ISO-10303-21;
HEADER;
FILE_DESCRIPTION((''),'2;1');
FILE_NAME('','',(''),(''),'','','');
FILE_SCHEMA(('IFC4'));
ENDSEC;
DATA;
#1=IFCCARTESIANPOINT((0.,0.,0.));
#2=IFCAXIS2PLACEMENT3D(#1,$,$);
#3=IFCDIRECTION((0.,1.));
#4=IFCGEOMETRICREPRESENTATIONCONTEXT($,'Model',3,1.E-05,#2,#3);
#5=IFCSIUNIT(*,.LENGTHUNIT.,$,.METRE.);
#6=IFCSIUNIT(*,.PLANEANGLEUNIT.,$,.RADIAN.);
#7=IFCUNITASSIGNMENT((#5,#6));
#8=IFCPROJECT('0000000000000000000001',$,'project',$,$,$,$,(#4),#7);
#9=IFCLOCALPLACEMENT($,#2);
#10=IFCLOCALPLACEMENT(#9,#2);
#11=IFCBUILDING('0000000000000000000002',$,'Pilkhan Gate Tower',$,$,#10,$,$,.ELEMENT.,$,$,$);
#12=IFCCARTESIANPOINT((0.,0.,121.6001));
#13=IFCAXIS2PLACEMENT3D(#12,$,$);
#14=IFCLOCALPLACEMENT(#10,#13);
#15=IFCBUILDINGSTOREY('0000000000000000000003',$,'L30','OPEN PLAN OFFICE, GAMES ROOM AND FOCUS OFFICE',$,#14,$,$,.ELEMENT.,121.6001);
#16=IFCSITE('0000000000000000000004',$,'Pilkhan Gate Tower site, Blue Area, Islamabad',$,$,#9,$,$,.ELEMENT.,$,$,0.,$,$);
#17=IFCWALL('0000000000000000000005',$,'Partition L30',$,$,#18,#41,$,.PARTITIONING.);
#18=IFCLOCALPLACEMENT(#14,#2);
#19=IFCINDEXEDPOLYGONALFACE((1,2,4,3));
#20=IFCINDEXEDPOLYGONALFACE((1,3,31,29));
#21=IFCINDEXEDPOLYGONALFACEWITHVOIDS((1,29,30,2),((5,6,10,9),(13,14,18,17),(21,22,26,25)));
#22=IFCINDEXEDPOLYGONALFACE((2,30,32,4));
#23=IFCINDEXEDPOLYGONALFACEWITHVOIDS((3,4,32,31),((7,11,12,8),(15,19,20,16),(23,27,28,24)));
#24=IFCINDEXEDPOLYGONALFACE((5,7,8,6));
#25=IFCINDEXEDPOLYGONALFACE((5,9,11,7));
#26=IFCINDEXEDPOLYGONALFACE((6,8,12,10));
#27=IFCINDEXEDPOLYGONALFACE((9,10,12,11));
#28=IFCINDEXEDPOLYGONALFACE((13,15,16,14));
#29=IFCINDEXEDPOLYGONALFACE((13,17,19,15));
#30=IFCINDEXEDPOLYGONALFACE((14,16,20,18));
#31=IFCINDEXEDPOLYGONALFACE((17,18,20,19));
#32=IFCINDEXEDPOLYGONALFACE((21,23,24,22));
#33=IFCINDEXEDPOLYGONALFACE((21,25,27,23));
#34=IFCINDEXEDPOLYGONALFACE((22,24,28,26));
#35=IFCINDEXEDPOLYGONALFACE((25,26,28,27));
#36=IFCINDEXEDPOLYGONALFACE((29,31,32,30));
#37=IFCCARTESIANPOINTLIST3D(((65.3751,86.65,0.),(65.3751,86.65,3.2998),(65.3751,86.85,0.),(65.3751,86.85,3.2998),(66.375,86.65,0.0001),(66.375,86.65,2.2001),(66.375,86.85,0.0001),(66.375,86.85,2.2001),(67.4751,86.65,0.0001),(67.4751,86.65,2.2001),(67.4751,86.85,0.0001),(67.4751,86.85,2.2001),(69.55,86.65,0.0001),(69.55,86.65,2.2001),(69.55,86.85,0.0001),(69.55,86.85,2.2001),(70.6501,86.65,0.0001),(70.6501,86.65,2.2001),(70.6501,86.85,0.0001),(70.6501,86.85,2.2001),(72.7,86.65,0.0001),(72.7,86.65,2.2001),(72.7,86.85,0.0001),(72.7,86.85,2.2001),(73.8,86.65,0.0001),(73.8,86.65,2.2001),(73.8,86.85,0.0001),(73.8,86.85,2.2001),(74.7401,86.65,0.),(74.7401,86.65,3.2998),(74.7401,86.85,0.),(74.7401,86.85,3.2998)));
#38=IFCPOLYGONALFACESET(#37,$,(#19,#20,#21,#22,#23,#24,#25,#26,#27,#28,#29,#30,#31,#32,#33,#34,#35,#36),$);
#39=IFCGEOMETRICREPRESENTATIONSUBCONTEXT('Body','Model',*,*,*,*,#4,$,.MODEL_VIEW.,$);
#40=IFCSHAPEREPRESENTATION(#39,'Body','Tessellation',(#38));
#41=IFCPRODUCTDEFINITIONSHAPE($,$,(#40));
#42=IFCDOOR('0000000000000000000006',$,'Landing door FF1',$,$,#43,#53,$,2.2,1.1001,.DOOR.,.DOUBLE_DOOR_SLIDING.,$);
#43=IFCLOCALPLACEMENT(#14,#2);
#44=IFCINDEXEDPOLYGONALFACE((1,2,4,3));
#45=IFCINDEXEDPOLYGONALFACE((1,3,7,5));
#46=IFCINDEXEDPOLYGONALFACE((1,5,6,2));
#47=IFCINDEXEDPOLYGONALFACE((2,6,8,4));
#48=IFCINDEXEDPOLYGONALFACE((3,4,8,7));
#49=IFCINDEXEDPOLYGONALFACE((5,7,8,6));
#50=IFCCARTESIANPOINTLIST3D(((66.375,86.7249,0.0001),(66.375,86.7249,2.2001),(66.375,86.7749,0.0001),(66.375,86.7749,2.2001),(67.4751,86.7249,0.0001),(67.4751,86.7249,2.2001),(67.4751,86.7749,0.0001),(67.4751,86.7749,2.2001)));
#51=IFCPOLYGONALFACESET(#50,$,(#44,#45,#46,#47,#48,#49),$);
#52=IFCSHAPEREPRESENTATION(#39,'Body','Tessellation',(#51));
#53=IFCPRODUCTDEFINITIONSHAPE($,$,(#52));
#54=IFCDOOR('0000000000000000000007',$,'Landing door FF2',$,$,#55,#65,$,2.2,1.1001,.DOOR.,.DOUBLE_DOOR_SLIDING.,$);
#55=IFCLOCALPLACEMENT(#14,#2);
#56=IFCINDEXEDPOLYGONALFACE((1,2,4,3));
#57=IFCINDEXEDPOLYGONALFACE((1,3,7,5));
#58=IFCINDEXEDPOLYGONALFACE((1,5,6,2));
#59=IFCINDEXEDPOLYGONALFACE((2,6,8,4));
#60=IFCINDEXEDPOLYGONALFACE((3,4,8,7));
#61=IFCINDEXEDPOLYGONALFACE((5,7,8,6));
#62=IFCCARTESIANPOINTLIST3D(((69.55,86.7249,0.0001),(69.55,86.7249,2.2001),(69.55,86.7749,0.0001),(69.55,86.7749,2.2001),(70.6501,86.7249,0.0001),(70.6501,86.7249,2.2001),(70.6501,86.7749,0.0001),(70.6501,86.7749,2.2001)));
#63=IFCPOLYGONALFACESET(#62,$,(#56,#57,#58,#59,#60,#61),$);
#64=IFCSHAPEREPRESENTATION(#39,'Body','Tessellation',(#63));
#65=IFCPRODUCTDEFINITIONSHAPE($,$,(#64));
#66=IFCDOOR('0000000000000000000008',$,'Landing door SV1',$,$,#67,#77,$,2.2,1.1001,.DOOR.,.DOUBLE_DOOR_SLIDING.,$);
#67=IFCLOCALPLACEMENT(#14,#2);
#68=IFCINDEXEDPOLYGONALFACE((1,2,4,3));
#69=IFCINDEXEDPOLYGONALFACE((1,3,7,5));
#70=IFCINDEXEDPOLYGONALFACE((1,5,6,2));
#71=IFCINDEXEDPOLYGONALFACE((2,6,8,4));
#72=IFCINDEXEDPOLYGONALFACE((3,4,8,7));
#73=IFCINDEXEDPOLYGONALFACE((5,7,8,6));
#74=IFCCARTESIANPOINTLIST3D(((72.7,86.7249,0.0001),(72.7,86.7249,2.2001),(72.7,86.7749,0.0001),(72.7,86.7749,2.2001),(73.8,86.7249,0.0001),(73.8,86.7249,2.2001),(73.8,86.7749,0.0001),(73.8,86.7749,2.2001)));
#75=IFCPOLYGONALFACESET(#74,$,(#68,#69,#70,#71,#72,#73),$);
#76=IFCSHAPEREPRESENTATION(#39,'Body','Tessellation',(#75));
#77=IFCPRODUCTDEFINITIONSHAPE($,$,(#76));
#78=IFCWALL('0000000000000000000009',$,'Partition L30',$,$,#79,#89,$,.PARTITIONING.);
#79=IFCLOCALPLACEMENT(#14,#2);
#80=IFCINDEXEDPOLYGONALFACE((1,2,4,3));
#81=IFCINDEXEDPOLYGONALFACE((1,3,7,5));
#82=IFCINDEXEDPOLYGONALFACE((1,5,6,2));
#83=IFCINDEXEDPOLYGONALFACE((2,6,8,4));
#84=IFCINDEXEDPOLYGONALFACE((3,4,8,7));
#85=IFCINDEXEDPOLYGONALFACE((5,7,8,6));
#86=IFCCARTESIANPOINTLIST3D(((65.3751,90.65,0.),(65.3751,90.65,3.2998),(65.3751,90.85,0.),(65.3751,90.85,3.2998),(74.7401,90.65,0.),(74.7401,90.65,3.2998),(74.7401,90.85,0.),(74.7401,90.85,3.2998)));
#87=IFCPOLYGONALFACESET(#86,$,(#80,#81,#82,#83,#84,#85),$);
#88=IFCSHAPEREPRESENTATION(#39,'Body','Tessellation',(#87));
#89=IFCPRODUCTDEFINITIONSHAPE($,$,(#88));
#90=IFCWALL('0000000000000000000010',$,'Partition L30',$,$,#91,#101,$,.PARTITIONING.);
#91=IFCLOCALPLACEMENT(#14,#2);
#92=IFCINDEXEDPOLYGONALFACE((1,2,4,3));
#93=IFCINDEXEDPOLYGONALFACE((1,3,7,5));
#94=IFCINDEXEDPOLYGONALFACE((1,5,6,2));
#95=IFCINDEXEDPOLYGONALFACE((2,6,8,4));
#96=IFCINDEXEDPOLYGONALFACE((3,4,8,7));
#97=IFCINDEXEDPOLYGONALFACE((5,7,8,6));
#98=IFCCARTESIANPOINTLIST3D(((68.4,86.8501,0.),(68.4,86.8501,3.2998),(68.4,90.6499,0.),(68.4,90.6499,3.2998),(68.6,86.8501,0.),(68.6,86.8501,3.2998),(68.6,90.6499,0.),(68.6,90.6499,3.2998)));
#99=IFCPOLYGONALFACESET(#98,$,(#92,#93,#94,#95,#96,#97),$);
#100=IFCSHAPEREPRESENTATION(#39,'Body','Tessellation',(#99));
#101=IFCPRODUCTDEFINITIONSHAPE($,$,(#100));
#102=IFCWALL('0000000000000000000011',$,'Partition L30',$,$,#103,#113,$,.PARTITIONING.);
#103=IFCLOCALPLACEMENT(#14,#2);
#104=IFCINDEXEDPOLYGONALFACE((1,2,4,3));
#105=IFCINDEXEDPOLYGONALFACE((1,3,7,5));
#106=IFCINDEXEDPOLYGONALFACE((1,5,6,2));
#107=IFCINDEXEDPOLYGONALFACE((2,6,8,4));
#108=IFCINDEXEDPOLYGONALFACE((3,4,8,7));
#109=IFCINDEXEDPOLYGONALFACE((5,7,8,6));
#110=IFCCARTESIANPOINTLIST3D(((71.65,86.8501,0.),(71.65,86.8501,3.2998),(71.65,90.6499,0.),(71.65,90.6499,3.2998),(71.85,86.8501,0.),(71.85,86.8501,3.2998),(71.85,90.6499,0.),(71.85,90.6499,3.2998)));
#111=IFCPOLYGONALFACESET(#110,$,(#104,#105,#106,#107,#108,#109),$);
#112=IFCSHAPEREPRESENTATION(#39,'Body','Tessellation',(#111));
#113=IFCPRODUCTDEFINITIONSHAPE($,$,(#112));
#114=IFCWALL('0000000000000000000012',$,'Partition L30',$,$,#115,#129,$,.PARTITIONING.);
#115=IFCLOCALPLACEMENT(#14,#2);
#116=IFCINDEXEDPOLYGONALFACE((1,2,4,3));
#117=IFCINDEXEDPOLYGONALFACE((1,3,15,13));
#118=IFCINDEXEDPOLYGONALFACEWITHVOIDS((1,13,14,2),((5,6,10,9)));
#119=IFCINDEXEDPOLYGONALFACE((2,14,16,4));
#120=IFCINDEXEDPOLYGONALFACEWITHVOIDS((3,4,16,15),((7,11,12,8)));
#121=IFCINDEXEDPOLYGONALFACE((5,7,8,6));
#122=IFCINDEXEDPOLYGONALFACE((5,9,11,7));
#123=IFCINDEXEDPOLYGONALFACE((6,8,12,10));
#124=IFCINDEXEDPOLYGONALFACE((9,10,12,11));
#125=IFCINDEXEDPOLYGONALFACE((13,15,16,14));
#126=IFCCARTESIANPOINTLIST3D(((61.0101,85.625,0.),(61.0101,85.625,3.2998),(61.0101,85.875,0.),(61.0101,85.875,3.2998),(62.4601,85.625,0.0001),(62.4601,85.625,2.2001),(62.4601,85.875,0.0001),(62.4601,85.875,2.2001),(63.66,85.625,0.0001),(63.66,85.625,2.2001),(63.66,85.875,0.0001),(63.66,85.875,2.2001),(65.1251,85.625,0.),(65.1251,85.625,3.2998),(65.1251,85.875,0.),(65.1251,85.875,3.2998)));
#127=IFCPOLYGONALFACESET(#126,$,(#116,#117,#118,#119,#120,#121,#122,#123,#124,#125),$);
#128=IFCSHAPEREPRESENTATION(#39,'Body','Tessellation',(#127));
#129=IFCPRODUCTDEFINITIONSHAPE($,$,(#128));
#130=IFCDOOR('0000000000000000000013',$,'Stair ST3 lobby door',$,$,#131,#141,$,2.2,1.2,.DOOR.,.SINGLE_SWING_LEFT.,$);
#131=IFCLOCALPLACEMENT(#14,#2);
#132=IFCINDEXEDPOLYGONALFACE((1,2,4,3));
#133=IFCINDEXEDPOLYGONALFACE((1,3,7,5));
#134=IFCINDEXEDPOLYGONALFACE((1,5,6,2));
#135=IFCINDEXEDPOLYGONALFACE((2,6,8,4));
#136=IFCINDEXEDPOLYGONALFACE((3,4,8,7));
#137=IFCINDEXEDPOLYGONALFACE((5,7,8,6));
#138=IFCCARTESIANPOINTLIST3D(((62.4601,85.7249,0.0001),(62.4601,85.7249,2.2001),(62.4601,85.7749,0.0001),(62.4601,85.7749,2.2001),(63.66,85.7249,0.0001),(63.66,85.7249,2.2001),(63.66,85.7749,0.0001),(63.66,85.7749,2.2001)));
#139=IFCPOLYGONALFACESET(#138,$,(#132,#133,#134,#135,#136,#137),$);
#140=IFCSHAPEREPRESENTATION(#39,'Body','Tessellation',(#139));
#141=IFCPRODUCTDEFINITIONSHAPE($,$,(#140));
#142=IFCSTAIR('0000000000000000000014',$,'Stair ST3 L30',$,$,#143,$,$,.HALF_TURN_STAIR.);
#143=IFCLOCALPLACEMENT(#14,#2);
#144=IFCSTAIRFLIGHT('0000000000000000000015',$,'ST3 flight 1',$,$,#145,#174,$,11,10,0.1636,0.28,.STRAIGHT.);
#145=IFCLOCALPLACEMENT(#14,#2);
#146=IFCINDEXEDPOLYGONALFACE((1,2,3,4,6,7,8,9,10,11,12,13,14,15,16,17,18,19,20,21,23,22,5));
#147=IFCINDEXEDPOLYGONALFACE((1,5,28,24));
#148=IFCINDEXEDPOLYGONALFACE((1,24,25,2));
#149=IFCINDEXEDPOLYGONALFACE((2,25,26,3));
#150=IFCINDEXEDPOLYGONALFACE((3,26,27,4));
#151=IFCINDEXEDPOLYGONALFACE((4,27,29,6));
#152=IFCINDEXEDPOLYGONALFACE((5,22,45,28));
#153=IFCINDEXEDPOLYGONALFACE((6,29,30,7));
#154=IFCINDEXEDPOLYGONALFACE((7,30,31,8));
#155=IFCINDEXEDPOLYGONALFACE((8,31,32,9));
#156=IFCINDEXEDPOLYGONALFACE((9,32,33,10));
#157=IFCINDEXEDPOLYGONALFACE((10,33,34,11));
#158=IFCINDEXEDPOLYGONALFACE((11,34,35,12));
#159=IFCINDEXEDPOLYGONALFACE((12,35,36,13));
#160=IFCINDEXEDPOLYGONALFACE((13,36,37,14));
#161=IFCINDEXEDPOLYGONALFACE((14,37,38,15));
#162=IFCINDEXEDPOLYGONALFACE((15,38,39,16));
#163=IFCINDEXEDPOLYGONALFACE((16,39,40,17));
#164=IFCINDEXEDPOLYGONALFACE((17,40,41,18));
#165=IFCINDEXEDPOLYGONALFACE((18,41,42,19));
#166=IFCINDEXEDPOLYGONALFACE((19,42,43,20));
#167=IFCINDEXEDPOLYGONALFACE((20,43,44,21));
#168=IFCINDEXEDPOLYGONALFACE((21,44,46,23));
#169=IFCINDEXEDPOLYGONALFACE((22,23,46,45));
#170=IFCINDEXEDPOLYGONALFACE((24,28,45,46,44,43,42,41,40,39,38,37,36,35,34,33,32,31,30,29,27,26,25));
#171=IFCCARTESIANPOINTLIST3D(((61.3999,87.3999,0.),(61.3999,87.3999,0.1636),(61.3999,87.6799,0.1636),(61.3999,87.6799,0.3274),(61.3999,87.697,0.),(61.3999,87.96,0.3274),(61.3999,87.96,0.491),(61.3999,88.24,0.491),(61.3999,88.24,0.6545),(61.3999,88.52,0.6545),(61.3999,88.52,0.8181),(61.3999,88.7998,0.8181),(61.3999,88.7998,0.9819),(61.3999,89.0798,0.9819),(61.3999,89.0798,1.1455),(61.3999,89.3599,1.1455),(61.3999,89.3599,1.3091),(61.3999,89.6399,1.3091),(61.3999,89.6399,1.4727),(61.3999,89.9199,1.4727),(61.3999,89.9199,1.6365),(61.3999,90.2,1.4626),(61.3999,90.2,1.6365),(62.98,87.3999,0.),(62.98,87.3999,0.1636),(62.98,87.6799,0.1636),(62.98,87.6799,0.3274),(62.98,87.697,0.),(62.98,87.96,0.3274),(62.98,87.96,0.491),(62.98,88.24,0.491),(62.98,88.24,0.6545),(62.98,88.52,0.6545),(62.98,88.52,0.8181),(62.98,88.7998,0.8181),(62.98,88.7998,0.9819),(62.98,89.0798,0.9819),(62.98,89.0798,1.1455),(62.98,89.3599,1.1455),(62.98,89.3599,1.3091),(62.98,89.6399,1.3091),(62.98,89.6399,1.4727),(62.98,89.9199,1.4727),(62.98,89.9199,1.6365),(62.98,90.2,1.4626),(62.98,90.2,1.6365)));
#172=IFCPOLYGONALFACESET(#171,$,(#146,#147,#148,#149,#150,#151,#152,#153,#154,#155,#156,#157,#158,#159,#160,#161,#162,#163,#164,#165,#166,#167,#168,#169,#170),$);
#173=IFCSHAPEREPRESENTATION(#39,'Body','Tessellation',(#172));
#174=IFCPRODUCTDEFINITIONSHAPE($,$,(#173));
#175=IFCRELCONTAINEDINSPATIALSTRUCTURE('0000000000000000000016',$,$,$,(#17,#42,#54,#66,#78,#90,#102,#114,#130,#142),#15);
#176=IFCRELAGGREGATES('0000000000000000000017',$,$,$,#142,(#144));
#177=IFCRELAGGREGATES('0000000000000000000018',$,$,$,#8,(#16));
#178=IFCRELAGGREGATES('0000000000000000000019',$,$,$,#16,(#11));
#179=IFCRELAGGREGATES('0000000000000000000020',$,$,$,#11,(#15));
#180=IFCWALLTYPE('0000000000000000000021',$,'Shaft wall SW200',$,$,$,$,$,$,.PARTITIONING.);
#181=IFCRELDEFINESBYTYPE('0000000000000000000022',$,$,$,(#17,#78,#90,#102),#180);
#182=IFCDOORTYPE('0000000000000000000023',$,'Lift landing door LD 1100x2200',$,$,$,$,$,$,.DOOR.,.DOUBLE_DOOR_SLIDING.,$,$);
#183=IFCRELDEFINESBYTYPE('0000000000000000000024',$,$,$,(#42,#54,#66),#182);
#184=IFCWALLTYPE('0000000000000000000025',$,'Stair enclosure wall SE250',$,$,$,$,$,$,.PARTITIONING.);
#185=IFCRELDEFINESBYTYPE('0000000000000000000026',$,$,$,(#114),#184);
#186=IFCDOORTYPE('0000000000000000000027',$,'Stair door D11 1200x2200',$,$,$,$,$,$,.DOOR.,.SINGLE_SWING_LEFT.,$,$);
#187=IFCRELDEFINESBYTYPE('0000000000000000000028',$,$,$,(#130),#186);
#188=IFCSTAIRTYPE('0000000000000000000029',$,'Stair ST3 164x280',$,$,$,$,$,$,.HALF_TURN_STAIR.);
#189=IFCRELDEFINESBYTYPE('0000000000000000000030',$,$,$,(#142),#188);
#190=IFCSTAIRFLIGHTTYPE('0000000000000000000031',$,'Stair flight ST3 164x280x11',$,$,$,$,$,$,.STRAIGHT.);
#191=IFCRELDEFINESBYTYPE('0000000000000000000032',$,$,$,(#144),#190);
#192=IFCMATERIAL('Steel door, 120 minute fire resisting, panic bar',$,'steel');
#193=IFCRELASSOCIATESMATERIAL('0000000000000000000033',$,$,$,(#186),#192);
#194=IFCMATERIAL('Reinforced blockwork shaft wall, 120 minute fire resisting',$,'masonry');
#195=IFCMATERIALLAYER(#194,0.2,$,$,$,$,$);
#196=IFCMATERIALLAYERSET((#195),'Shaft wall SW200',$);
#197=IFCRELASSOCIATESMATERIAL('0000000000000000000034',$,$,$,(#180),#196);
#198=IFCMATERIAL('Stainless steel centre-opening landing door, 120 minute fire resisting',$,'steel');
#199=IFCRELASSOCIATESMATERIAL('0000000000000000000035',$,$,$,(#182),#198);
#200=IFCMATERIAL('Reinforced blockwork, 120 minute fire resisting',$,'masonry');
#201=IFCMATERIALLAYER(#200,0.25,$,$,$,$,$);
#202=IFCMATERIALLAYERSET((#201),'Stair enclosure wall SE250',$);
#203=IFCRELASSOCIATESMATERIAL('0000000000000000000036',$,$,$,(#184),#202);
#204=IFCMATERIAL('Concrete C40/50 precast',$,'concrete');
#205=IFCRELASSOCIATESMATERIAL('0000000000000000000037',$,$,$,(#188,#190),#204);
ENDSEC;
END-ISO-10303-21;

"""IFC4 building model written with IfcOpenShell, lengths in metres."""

from ifc_helpers import new_model, si_unit, direction, frame, frame_2d, origin, place, context, subcontext, project, spatial, polyline, rectangle, outline, extrude, material, layer, layer_set, type_object, element, fill, aggregate, save


model = new_model("IFC4")

# Units and contexts
model_context = context("Model", 3, precision=1e-05, world=origin(), true_north=direction((0.0, 1.0)))
body_context = subcontext(model_context, "Body", "Model", "MODEL_VIEW")
ifc_project = project(units=[si_unit("LENGTHUNIT", "METRE"), si_unit("PLANEANGLEUNIT", "RADIAN")], contexts=[model_context])

# Site, building, storey
site_placement = place(None, origin())
site = spatial("IfcSite", under=ifc_project, at=site_placement, Name="Pilkhan Gate Tower site, Blue Area, Islamabad", CompositionType="ELEMENT", RefElevation=0.0)
building_placement = place(site_placement, origin())
building = spatial("IfcBuilding", under=site, at=building_placement, Name="Pilkhan Gate Tower", CompositionType="ELEMENT")
storey_placement = place(building_placement, frame((0.0, 0.0, 121.6001)))
storey = spatial("IfcBuildingStorey", under=building, at=storey_placement, Name="L30", Description="OPEN PLAN OFFICE, GAMES ROOM AND FOCUS OFFICE", CompositionType="ELEMENT", Elevation=121.6001)

# Shared definitions
ifc_material_1 = material(Name="Steel door, 120 minute fire resisting, panic bar", Category="steel")
door_type_1 = type_object("IfcDoorType", Name="Stair door D11 1200x2200", OperationType="SINGLE_SWING_LEFT", PredefinedType="DOOR", material=ifc_material_1)

# Wall, openings, doors
ifc_material_2 = material(Name="Reinforced blockwork shaft wall, 120 minute fire resisting", Category="masonry")
ifc_layer_1 = layer(ifc_material_2, 0.2)
ifc_layer_set_1 = layer_set([ifc_layer_1], Name="Shaft wall SW200")
wall_type_1 = type_object("IfcWallType", Name="Shaft wall SW200", PredefinedType="PARTITIONING", material=ifc_layer_set_1)
wall_1_placement = place(storey_placement, frame((65.375, 86.75, 0.0), z_axis=(0.0, 0.0, 1.0), x_axis=(1.0, 0.0, 0.0)))
wall_1 = element("IfcWall", 1, at=wall_1_placement, inside=storey, type_object=wall_type_1, Name="Partition L30", PredefinedType="PARTITIONING", context=body_context, shape_type="SweptSolid", body=[
    extrude(rectangle(XDim=9.365, YDim=0.2, at=frame_2d((4.6826, 0.0))), origin(), (0.0, 0.0, 1.0), 3.2998),
])
opening_1_placement = place(wall_1_placement, frame((1.0, 0.0, 0.0)))
opening_1 = element("IfcOpeningElement", 2, at=opening_1_placement, cuts=wall_1, PredefinedType="OPENING", context=body_context, shape_type="SweptSolid", body=[
    extrude(rectangle(XDim=1.1001, YDim=2.2, at=frame_2d((0.55, 1.1001))), frame((0.0, 0.1099, 0.0), z_axis=(0.0, -1.0, 0.0), x_axis=(1.0, 0.0, 0.0)), (0.0, 0.0, 1.0), 0.22),
])
opening_2_placement = place(wall_1_placement, frame((4.175, 0.0, 0.0)))
opening_2 = element("IfcOpeningElement", 3, at=opening_2_placement, cuts=wall_1, PredefinedType="OPENING", context=body_context, shape_type="SweptSolid", body=[
    extrude(rectangle(XDim=1.1001, YDim=2.2, at=frame_2d((0.55, 1.1001))), frame((0.0, 0.1099, 0.0), z_axis=(0.0, -1.0, 0.0), x_axis=(1.0, 0.0, 0.0)), (0.0, 0.0, 1.0), 0.22),
])
opening_3_placement = place(wall_1_placement, frame((7.325, 0.0, 0.0)))
opening_3 = element("IfcOpeningElement", 4, at=opening_3_placement, cuts=wall_1, PredefinedType="OPENING", context=body_context, shape_type="SweptSolid", body=[
    extrude(rectangle(XDim=1.1001, YDim=2.2, at=frame_2d((0.55, 1.1001))), frame((0.0, 0.1099, 0.0), z_axis=(0.0, -1.0, 0.0), x_axis=(1.0, 0.0, 0.0)), (0.0, 0.0, 1.0), 0.22),
])
ifc_material_3 = material(Name="Stainless steel centre-opening landing door, 120 minute fire resisting", Category="steel")
door_type_2 = type_object("IfcDoorType", Name="Lift landing door LD 1100x2200", OperationType="DOUBLE_DOOR_SLIDING", PredefinedType="DOOR", material=ifc_material_3)
door_1_placement = place(opening_1_placement, origin())
door_1 = element("IfcDoor", 5, at=door_1_placement, inside=storey, type_object=door_type_2, Name="Landing door FF1", OperationType="DOUBLE_DOOR_SLIDING", OverallHeight=2.2, OverallWidth=1.1001, PredefinedType="DOOR", context=body_context, shape_type="SweptSolid", body=[
    extrude(rectangle(XDim=1.1001, YDim=2.2, at=frame_2d((0.55, 1.1001))), frame((0.0, 0.0249, 0.0), z_axis=(0.0, -1.0, 0.0), x_axis=(1.0, 0.0, 0.0)), (0.0, 0.0, 1.0), 0.05),
])
fill(opening_1, door_1)
door_2_placement = place(opening_2_placement, origin())
door_2 = element("IfcDoor", 6, at=door_2_placement, inside=storey, type_object=door_type_2, Name="Landing door FF2", OperationType="DOUBLE_DOOR_SLIDING", OverallHeight=2.2, OverallWidth=1.1001, PredefinedType="DOOR", context=body_context, shape_type="SweptSolid", body=[
    extrude(rectangle(XDim=1.1001, YDim=2.2, at=frame_2d((0.55, 1.1001))), frame((0.0, 0.0249, 0.0), z_axis=(0.0, -1.0, 0.0), x_axis=(1.0, 0.0, 0.0)), (0.0, 0.0, 1.0), 0.05),
])
fill(opening_2, door_2)
door_3_placement = place(opening_3_placement, origin())
door_3 = element("IfcDoor", 7, at=door_3_placement, inside=storey, type_object=door_type_2, Name="Landing door SV1", OperationType="DOUBLE_DOOR_SLIDING", OverallHeight=2.2, OverallWidth=1.1001, PredefinedType="DOOR", context=body_context, shape_type="SweptSolid", body=[
    extrude(rectangle(XDim=1.1001, YDim=2.2, at=frame_2d((0.55, 1.1001))), frame((0.0, 0.0249, 0.0), z_axis=(0.0, -1.0, 0.0), x_axis=(1.0, 0.0, 0.0)), (0.0, 0.0, 1.0), 0.05),
])
fill(opening_3, door_3)

# Walls
wall_2_placement = place(storey_placement, frame((65.375, 90.75, 0.0), z_axis=(0.0, 0.0, 1.0), x_axis=(1.0, 0.0, 0.0)))
element("IfcWall", 8, at=wall_2_placement, inside=storey, type_object=wall_type_1, Name="Partition L30", PredefinedType="PARTITIONING", context=body_context, shape_type="SweptSolid", body=[
    extrude(rectangle(XDim=9.365, YDim=0.2, at=frame_2d((4.6826, 0.0))), origin(), (0.0, 0.0, 1.0), 3.2998),
])
for number, where, z_axis, x_axis, name in (
    (9, (68.5, 86.8501, 0.0), (0.0, 0.0, 1.0), (0.0, 1.0, 0.0), "Partition L30"),
    (10, (71.75, 86.8501, 0.0), (0.0, 0.0, 1.0), (0.0, 1.0, 0.0), "Partition L30"),
):
    element("IfcWall", number, at=place(storey_placement, frame(where, z_axis=z_axis, x_axis=x_axis)), inside=storey, type_object=wall_type_1, Name=name, PredefinedType="PARTITIONING", context=body_context, shape_type="SweptSolid", body=[
        extrude(rectangle(XDim=3.7998, YDim=0.2, at=frame_2d((1.8999, 0.0))), origin(), (0.0, 0.0, 1.0), 3.2998),
    ])

# Wall, opening, door
ifc_material_4 = material(Name="Reinforced blockwork, 120 minute fire resisting", Category="masonry")
ifc_layer_2 = layer(ifc_material_4, 0.25)
ifc_layer_set_2 = layer_set([ifc_layer_2], Name="Stair enclosure wall SE250")
wall_type_2 = type_object("IfcWallType", Name="Stair enclosure wall SE250", PredefinedType="PARTITIONING", material=ifc_layer_set_2)
wall_3_placement = place(storey_placement, frame((61.01, 85.75, 0.0), z_axis=(0.0, 0.0, 1.0), x_axis=(1.0, 0.0, 0.0)))
wall_3 = element("IfcWall", 11, at=wall_3_placement, inside=storey, type_object=wall_type_2, Name="Partition L30", PredefinedType="PARTITIONING", context=body_context, shape_type="SweptSolid", body=[
    extrude(rectangle(XDim=4.115, YDim=0.25, at=frame_2d((2.0576, 0.0))), origin(), (0.0, 0.0, 1.0), 3.2998),
])
opening_4_placement = place(wall_3_placement, frame((1.45, 0.0, 0.0)))
opening_4 = element("IfcOpeningElement", 12, at=opening_4_placement, cuts=wall_3, PredefinedType="OPENING", context=body_context, shape_type="SweptSolid", body=[
    extrude(rectangle(XDim=1.2, YDim=2.2, at=frame_2d((0.6001, 1.1001))), frame((0.0, 0.135, 0.0), z_axis=(0.0, -1.0, 0.0), x_axis=(1.0, 0.0, 0.0)), (0.0, 0.0, 1.0), 0.27),
])
door_4_placement = place(opening_4_placement, origin())
door_4 = element("IfcDoor", 13, at=door_4_placement, inside=storey, type_object=door_type_1, Name="Stair ST3 lobby door", OperationType="SINGLE_SWING_LEFT", OverallHeight=2.2, OverallWidth=1.2, PredefinedType="DOOR", context=body_context, shape_type="SweptSolid", body=[
    extrude(rectangle(XDim=1.2, YDim=2.2, at=frame_2d((0.6001, 1.1001))), frame((0.0, 0.0249, 0.0), z_axis=(0.0, -1.0, 0.0), x_axis=(1.0, 0.0, 0.0)), (0.0, 0.0, 1.0), 0.05),
])
fill(opening_4, door_4)

# Stair, stair flight
ifc_material_5 = material(Name="Concrete C40/50 precast", Category="concrete")
stair_type = type_object("IfcStairType", Name="Stair ST3 164x280", PredefinedType="HALF_TURN_STAIR", material=ifc_material_5)
stair_placement = place(storey_placement, origin())
stair = element("IfcStair", 14, at=stair_placement, inside=storey, type_object=stair_type, Name="Stair ST3 L30", PredefinedType="HALF_TURN_STAIR")
stair_flight_type = type_object("IfcStairFlightType", Name="Stair flight ST3 164x280x11", PredefinedType="STRAIGHT", material=ifc_material_5)
stair_flight_1_placement = place(storey_placement, frame((62.1899, 87.3999, 0.0), z_axis=(0.0, 0.0, 1.0), x_axis=(0.0, 1.0, 0.0)))
stair_flight_1 = element("IfcStairFlight", 15, at=stair_flight_1_placement, type_object=stair_flight_type, Name="ST3 flight 1", NumberOfRisers=11, NumberOfTreads=10, PredefinedType="STRAIGHT", RiserHeight=0.1636, TreadLength=0.28, context=body_context, shape_type="SweptSolid", body=[
    extrude(outline(polyline([(0.0, 0.0), (0.0, 0.1636), (0.28, 0.1636), (0.28, 0.3274), (0.5601, 0.3274), (0.5601, 0.491), (0.8401, 0.491), (0.8401, 0.6545), (1.1201, 0.6545), (1.1201, 0.8181), (1.3999, 0.8181), (1.3999, 0.9819), (1.6799, 0.9819), (1.6799, 1.1455), (1.96, 1.1455), (1.96, 1.3091), (2.24, 1.3091), (2.24, 1.4727), (2.52, 1.4727), (2.52, 1.6365), (2.8, 1.6365), (2.8, 1.8), (2.8, 1.4626), (0.2971, 0.0), (0.0, 0.0)])), frame((0.0, 0.79, 0.0), z_axis=(0.0, -1.0, 0.0), x_axis=(1.0, 0.0, 0.0)), (0.0, 0.0, 1.0), 1.5801),
])
aggregate(stair, [stair_flight_1])

save(model, "model.ifc")
